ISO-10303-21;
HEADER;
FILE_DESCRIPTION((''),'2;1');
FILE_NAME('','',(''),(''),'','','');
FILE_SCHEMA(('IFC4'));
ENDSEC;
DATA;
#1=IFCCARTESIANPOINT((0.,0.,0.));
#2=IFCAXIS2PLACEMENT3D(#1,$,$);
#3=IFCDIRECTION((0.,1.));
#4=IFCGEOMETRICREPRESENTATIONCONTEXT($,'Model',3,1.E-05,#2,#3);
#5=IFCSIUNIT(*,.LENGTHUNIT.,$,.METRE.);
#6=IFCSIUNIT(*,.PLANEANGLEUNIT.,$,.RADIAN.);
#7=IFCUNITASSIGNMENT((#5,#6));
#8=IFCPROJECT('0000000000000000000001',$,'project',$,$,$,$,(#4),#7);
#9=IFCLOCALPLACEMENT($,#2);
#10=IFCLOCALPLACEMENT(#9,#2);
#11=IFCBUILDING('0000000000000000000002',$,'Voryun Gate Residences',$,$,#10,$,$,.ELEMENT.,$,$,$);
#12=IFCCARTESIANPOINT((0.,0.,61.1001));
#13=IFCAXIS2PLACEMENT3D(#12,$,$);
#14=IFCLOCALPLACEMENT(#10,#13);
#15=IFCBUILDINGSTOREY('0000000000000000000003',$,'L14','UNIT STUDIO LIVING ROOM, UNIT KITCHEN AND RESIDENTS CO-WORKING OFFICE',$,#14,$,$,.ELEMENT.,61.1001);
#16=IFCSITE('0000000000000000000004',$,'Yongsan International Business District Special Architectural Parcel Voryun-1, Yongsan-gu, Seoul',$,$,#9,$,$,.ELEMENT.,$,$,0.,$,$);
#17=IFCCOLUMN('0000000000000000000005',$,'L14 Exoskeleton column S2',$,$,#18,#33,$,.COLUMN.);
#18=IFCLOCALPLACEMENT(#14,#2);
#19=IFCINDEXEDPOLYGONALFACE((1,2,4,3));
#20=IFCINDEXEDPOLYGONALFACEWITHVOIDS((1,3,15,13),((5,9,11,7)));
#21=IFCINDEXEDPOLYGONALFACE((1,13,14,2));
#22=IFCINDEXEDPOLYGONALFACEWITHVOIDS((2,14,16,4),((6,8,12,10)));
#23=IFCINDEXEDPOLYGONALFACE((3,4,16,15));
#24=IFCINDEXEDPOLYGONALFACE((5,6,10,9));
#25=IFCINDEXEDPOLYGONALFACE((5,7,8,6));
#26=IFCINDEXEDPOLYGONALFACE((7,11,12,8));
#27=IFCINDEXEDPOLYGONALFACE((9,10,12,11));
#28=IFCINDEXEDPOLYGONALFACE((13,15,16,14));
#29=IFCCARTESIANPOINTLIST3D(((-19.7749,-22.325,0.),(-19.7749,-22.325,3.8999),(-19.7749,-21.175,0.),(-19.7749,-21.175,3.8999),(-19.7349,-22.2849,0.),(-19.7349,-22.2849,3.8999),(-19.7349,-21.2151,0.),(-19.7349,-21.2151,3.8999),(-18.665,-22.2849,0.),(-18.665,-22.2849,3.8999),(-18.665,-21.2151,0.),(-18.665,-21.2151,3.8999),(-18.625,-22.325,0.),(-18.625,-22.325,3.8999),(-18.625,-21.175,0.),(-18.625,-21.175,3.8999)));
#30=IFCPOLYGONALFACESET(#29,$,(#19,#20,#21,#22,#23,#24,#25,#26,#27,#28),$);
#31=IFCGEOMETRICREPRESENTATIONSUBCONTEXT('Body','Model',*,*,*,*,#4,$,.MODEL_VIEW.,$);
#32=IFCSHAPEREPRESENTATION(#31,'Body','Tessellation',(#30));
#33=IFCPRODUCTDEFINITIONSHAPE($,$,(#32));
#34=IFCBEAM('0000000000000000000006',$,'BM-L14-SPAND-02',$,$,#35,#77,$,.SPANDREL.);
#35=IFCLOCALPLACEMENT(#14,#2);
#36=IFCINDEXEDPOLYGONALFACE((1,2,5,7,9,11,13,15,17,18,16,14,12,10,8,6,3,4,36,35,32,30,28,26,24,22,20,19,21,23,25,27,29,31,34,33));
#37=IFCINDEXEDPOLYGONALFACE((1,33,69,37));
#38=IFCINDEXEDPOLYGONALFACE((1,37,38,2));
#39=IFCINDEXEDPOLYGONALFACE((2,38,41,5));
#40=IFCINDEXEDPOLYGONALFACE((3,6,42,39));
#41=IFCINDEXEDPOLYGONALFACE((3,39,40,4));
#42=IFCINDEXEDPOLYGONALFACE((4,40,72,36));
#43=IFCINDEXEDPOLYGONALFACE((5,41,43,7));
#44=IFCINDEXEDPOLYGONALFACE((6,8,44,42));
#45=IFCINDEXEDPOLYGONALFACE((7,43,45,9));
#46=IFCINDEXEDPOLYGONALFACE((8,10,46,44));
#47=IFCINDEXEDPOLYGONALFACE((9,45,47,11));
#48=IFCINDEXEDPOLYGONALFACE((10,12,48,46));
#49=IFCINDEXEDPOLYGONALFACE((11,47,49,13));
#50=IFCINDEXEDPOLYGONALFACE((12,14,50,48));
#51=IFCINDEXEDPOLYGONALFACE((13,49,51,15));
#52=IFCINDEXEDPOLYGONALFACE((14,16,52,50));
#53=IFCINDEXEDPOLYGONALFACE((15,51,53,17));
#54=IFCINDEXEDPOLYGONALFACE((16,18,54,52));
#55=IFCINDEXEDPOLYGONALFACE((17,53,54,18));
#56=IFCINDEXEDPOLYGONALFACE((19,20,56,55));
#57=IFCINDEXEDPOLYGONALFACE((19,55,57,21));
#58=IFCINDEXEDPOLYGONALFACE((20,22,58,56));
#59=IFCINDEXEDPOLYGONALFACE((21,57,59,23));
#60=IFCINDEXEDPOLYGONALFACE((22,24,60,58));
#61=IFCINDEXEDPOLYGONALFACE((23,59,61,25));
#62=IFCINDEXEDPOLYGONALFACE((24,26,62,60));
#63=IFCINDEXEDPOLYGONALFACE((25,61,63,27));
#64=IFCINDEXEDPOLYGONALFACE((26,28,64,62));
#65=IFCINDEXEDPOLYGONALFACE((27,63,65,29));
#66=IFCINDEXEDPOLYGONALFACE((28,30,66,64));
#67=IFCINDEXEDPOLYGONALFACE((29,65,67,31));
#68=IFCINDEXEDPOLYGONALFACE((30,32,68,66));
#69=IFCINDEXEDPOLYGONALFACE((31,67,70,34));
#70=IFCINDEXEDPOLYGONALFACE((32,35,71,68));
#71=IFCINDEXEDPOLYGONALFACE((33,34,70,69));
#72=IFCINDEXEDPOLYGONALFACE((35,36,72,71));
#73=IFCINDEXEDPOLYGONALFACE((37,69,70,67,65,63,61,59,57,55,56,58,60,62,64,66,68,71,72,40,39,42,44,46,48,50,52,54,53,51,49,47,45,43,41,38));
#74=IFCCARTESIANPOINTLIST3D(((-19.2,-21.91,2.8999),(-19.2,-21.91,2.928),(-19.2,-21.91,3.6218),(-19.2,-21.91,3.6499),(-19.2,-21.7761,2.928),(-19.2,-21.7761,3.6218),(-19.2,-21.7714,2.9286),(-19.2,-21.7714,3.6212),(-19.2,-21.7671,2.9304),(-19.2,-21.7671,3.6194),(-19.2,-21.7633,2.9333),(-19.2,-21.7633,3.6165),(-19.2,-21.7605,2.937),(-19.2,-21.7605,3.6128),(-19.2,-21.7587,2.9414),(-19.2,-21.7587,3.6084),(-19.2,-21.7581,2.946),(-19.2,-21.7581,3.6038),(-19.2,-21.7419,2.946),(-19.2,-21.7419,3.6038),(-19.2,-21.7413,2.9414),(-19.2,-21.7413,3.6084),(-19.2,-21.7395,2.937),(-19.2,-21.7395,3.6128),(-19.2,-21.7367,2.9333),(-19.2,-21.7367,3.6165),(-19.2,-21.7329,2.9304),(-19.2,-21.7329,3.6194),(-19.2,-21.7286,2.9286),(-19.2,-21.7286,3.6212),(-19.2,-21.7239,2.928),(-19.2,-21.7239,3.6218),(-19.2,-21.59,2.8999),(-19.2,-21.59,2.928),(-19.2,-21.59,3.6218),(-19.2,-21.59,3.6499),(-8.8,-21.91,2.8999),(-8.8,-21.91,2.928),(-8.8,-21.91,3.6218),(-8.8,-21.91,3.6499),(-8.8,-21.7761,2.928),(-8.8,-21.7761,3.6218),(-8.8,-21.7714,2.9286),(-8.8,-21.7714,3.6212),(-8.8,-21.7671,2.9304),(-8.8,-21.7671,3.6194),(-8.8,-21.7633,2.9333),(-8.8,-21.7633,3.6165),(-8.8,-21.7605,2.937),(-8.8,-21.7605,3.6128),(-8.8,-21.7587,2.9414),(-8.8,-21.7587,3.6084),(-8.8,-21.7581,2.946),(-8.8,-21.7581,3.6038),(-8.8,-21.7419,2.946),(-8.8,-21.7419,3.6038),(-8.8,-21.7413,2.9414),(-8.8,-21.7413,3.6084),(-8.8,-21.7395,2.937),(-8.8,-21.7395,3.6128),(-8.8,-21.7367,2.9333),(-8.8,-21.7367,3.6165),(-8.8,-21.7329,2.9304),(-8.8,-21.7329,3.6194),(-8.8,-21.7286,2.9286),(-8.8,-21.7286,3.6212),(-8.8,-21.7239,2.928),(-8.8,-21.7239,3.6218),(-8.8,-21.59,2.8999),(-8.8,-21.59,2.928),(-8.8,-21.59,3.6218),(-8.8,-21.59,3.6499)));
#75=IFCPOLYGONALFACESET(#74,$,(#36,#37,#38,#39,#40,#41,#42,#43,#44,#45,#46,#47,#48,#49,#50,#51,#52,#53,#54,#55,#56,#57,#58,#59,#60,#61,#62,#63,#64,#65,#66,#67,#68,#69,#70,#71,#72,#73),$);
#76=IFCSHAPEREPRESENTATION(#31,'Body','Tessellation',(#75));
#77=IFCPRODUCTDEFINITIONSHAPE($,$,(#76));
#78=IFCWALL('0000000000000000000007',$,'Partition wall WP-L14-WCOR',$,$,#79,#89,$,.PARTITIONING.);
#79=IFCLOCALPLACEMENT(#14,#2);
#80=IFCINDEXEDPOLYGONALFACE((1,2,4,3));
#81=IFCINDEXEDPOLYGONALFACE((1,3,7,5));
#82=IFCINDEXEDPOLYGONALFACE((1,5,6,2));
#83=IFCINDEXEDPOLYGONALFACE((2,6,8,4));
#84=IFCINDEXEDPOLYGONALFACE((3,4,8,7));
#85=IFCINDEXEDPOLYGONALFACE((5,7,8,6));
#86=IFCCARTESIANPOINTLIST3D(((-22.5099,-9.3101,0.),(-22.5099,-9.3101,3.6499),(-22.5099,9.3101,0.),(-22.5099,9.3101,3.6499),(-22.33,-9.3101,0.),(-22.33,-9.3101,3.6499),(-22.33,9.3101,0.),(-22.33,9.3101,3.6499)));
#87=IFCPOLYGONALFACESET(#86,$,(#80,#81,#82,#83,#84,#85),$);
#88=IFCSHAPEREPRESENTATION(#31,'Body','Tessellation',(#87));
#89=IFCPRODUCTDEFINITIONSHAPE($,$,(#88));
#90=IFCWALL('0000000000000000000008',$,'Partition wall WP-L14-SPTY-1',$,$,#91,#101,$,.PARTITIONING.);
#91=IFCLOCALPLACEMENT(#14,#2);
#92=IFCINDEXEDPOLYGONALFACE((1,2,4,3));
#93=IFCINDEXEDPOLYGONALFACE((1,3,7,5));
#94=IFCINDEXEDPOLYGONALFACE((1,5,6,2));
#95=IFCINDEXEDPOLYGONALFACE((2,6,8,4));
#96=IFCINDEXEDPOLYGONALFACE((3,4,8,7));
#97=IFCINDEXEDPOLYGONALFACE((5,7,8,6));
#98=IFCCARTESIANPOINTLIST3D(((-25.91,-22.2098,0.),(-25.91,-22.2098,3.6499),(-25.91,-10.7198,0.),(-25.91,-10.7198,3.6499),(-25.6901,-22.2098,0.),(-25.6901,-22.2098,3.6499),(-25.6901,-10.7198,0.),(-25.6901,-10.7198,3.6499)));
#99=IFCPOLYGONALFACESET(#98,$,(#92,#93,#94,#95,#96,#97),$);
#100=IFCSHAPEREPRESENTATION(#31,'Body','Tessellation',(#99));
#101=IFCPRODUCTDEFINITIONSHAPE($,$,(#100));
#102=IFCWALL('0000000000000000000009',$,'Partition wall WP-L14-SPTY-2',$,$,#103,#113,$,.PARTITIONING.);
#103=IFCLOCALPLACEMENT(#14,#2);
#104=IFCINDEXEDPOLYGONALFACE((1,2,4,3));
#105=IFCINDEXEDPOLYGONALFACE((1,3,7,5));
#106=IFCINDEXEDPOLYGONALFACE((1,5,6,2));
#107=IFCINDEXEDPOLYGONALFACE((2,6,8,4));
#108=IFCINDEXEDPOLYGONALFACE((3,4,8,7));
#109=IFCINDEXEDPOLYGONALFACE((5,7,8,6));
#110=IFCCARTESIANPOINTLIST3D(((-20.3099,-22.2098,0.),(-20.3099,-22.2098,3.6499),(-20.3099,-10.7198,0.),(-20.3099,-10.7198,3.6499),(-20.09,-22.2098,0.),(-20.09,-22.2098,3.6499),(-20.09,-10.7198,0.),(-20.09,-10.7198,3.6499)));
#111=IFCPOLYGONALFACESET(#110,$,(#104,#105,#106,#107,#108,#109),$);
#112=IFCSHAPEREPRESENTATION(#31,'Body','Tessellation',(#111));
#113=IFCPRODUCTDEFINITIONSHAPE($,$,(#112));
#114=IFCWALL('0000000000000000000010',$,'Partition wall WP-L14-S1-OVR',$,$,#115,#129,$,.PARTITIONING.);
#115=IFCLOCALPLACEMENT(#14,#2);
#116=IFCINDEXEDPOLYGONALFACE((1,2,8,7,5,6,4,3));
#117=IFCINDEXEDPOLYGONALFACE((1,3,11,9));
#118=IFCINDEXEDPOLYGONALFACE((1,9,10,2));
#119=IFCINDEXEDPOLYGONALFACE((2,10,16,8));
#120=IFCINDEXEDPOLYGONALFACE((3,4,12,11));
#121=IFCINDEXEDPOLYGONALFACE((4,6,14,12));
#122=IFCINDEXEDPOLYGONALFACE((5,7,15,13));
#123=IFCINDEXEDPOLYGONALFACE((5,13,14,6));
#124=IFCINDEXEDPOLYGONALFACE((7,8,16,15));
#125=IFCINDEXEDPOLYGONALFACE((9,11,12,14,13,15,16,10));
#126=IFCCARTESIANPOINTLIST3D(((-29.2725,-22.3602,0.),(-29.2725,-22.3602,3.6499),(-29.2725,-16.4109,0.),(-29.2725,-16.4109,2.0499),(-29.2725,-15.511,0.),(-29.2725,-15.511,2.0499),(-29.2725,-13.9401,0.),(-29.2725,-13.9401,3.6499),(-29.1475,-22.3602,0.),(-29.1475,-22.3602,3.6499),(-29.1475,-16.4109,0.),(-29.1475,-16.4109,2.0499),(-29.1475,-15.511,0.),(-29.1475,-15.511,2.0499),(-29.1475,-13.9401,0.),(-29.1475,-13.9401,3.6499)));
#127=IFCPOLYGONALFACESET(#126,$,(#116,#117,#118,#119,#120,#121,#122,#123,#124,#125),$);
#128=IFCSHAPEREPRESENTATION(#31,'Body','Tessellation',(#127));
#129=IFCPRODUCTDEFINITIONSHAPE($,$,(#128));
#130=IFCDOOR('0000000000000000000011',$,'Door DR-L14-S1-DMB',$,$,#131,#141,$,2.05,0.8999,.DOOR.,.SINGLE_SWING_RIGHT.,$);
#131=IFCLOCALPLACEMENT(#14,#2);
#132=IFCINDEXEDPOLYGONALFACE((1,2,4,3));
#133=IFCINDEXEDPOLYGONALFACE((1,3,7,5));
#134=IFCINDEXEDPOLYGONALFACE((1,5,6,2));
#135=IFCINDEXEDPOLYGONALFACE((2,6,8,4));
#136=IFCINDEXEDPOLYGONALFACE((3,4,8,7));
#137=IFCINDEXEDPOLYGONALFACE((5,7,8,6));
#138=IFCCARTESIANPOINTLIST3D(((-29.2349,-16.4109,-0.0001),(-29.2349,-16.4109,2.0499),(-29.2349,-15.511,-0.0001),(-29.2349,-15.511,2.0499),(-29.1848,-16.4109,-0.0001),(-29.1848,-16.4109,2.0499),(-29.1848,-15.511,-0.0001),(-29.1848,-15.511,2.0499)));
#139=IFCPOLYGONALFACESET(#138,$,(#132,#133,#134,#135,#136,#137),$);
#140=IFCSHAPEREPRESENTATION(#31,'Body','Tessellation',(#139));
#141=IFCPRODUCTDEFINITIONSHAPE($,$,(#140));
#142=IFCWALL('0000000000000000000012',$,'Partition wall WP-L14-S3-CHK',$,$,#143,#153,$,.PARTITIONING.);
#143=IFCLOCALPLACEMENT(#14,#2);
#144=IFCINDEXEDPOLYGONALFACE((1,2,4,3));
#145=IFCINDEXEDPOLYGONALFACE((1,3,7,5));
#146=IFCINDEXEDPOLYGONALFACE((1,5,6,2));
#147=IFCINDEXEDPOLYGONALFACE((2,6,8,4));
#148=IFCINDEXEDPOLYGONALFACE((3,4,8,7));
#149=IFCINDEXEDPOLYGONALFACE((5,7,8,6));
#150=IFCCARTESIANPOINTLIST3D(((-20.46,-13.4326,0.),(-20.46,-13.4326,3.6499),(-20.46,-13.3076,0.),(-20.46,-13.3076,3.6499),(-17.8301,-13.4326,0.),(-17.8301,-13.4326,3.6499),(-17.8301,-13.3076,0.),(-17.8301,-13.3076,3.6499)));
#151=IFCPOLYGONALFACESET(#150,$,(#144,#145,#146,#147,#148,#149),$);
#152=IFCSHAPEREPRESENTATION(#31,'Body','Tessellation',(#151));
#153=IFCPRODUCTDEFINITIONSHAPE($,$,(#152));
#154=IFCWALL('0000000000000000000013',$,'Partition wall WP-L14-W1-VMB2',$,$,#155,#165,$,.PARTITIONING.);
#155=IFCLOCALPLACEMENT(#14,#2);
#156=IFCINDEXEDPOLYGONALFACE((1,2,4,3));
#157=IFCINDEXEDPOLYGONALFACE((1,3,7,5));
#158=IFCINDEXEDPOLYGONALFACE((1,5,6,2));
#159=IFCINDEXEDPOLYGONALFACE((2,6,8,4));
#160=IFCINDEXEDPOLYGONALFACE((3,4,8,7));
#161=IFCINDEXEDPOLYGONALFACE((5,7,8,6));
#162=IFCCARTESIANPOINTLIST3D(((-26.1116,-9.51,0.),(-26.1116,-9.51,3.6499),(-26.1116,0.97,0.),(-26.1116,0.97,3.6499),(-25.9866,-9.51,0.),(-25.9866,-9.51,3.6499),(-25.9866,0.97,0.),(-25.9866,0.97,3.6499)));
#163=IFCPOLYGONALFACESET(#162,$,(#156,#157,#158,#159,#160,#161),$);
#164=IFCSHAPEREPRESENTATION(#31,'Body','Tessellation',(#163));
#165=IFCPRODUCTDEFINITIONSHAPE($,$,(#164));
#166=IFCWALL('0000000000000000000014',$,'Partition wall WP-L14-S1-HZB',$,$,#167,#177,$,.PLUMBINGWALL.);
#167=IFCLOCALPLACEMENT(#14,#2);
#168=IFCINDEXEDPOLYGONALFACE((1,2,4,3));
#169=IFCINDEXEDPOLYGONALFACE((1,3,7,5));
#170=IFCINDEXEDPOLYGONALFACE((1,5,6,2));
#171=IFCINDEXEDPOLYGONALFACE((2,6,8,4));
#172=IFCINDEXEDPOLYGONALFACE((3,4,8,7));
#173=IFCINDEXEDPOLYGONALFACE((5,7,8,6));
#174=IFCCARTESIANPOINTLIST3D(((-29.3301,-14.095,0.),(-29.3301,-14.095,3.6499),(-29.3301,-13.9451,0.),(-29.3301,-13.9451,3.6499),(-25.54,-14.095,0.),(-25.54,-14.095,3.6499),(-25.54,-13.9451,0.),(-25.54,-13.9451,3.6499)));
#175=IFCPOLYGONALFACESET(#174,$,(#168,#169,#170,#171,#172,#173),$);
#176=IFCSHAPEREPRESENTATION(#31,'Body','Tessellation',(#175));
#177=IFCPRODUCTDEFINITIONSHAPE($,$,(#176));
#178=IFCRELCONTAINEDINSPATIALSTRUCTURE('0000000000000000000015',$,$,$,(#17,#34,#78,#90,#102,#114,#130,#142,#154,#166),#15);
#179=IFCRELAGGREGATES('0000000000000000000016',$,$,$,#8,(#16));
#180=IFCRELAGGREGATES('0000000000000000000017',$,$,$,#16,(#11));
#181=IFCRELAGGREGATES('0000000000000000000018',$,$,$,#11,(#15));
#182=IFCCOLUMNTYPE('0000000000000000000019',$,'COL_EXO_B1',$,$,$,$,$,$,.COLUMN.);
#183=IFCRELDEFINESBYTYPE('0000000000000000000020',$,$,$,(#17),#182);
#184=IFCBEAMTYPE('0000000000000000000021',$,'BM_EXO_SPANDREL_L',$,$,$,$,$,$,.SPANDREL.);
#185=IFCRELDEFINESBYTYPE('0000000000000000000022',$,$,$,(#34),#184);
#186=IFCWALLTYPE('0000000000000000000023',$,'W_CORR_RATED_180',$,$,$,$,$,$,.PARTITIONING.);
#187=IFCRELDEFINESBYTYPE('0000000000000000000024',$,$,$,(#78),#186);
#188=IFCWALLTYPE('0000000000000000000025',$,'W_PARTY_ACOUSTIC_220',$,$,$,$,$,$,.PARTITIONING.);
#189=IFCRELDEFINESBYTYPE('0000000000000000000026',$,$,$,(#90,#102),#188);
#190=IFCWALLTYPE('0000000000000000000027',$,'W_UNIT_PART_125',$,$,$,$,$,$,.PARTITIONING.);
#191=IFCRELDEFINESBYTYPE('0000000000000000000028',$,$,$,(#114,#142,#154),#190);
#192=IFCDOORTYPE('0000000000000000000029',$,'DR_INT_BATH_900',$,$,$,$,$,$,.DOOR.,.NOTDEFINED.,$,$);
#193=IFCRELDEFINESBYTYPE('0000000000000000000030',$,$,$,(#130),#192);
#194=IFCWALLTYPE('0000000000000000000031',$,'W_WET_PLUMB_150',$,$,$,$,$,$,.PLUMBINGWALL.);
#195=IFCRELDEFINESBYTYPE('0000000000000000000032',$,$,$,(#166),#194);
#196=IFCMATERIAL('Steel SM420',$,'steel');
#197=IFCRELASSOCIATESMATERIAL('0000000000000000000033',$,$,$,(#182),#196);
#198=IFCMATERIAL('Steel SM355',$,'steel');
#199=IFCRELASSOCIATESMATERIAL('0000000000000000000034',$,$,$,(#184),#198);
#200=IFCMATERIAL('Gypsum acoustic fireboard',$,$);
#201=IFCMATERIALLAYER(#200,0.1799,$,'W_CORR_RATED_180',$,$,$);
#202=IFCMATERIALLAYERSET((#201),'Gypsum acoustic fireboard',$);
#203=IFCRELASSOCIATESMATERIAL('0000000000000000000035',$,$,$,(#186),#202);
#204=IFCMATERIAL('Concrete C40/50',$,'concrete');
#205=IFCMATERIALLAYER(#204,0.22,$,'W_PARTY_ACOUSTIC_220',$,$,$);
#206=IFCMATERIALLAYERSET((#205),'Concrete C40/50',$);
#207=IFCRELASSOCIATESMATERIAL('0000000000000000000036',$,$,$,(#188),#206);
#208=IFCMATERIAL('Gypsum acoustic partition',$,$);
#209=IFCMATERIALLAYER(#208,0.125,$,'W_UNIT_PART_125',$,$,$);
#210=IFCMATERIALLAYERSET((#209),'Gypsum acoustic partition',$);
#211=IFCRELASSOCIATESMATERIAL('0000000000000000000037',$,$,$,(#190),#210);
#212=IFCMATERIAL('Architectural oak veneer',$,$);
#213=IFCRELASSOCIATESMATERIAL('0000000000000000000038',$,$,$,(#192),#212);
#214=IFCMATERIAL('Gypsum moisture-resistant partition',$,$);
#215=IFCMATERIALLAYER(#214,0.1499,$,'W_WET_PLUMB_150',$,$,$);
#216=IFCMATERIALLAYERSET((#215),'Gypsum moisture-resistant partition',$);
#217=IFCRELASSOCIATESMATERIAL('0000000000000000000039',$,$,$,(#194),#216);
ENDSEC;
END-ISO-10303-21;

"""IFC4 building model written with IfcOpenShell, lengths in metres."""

from ifc_helpers import new_model, si_unit, direction, frame, frame_2d, origin, origin_2d, place, context, subcontext, project, spatial, rectangle, hollow_rectangle, i_section, extrude, material, layer, layer_set, material_profile, profile_set, type_object, element, fill, save


model = new_model("IFC4")

# Units and contexts
model_context = context("Model", 3, precision=1e-05, world=origin(), true_north=direction((0.0, 1.0)))
body_context = subcontext(model_context, "Body", "Model", "MODEL_VIEW")
ifc_project = project(units=[si_unit("LENGTHUNIT", "METRE"), si_unit("PLANEANGLEUNIT", "RADIAN")], contexts=[model_context])

# Site, building, storey
site_placement = place(None, origin())
site = spatial("IfcSite", under=ifc_project, at=site_placement, Name="Yongsan International Business District Special Architectural Parcel Voryun-1, Yongsan-gu, Seoul", CompositionType="ELEMENT", RefElevation=0.0)
building_placement = place(site_placement, origin())
building = spatial("IfcBuilding", under=site, at=building_placement, Name="Voryun Gate Residences", CompositionType="ELEMENT")
storey_placement = place(building_placement, frame((0.0, 0.0, 61.1001)))
storey = spatial("IfcBuildingStorey", under=building, at=storey_placement, Name="L14", Description="UNIT STUDIO LIVING ROOM, UNIT KITCHEN AND RESIDENTS CO-WORKING OFFICE", CompositionType="ELEMENT", Elevation=61.1001)

# Column
ifc_material_1 = material(Name="Steel SM420", Category="steel")
ifc_material_profile_1 = material_profile(ifc_material_1, hollow_rectangle(XDim=1.1499, YDim=1.1499, WallThickness=0.04, at=origin_2d()), Name="BOX-1150x1150x40")
ifc_profile_set_1 = profile_set([ifc_material_profile_1], Name="Steel SM420")
column_type = type_object("IfcColumnType", Name="COL_EXO_B1", PredefinedType="COLUMN", material=ifc_profile_set_1)
column_placement = place(storey_placement, frame((-19.2, -21.75, 0.0), z_axis=(0.0, 0.0, 1.0), x_axis=(1.0, 0.0, 0.0)))
element("IfcColumn", 1, at=column_placement, inside=storey, type_object=column_type, Name="L14 Exoskeleton column S2", PredefinedType="COLUMN", context=body_context, shape_type="SweptSolid", body=[
    extrude(hollow_rectangle(XDim=1.1499, YDim=1.1499, WallThickness=0.04, at=origin_2d()), origin(), (0.0, 0.0, 1.0), 3.8999),
])

# Beam
ifc_material_2 = material(Name="Steel SM355", Category="steel")
ifc_material_profile_2 = material_profile(ifc_material_2, i_section(OverallWidth=0.3201, OverallDepth=0.75, WebThickness=0.0161, FlangeThickness=0.0281, FilletRadius=0.0181, at=origin_2d()), Name="H-750x320x16x28")
ifc_profile_set_2 = profile_set([ifc_material_profile_2], Name="Steel SM355")
beam_type = type_object("IfcBeamType", Name="BM_EXO_SPANDREL_L", PredefinedType="SPANDREL", material=ifc_profile_set_2)
beam_placement = place(storey_placement, frame((-19.2, -21.75, 3.2749), z_axis=(1.0, 0.0, 0.0), x_axis=(0.0, 1.0, 0.0)))
element("IfcBeam", 2, at=beam_placement, inside=storey, type_object=beam_type, Name="BM-L14-SPAND-02", PredefinedType="SPANDREL", context=body_context, shape_type="SweptSolid", body=[
    extrude(i_section(OverallWidth=0.3201, OverallDepth=0.75, WebThickness=0.0161, FlangeThickness=0.0281, FilletRadius=0.0181, at=origin_2d()), origin(), (0.0, 0.0, 1.0), 10.3999),
])

# Walls
ifc_material_3 = material(Name="Gypsum acoustic fireboard")
ifc_layer_1 = layer(ifc_material_3, 0.1799, Name="W_CORR_RATED_180")
ifc_layer_set_1 = layer_set([ifc_layer_1], Name="Gypsum acoustic fireboard")
wall_type_1 = type_object("IfcWallType", Name="W_CORR_RATED_180", PredefinedType="PARTITIONING", material=ifc_layer_set_1)
wall_1_placement = place(storey_placement, frame((-22.4199, -9.3101, 0.0), z_axis=(0.0, 0.0, 1.0), x_axis=(0.0, 1.0, 0.0)))
element("IfcWall", 3, at=wall_1_placement, inside=storey, type_object=wall_type_1, Name="Partition wall WP-L14-WCOR", PredefinedType="PARTITIONING", context=body_context, shape_type="SweptSolid", body=[
    extrude(rectangle(XDim=18.6201, YDim=0.1799, at=frame_2d((9.3101, 0.0))), origin(), (0.0, 0.0, 1.0), 3.6499),
])
ifc_material_4 = material(Name="Concrete C40/50", Category="concrete")
ifc_layer_2 = layer(ifc_material_4, 0.22, Name="W_PARTY_ACOUSTIC_220")
ifc_layer_set_2 = layer_set([ifc_layer_2], Name="Concrete C40/50")
wall_type_2 = type_object("IfcWallType", Name="W_PARTY_ACOUSTIC_220", PredefinedType="PARTITIONING", material=ifc_layer_set_2)
for number, where, z_axis, x_axis, name in (
    (4, (-25.8, -22.21, 0.0), (0.0, 0.0, 1.0), (0.0, 1.0, 0.0), "Partition wall WP-L14-SPTY-1"),
    (5, (-20.2, -22.21, 0.0), (0.0, 0.0, 1.0), (0.0, 1.0, 0.0), "Partition wall WP-L14-SPTY-2"),
):
    element("IfcWall", number, at=place(storey_placement, frame(where, z_axis=z_axis, x_axis=x_axis)), inside=storey, type_object=wall_type_2, Name=name, PredefinedType="PARTITIONING", context=body_context, shape_type="SweptSolid", body=[
        extrude(rectangle(XDim=11.49, YDim=0.22, at=frame_2d((5.7451, 0.0))), origin(), (0.0, 0.0, 1.0), 3.6499),
    ])

# Wall, opening, door
ifc_material_5 = material(Name="Gypsum acoustic partition")
ifc_layer_3 = layer(ifc_material_5, 0.125, Name="W_UNIT_PART_125")
ifc_layer_set_3 = layer_set([ifc_layer_3], Name="Gypsum acoustic partition")
wall_type_3 = type_object("IfcWallType", Name="W_UNIT_PART_125", PredefinedType="PARTITIONING", material=ifc_layer_set_3)
wall_2_placement = place(storey_placement, frame((-29.21, -22.3601, 0.0), z_axis=(0.0, 0.0, 1.0), x_axis=(0.0, 1.0, 0.0)))
wall_2 = element("IfcWall", 6, at=wall_2_placement, inside=storey, type_object=wall_type_3, Name="Partition wall WP-L14-S1-OVR", PredefinedType="PARTITIONING", context=body_context, shape_type="SweptSolid", body=[
    extrude(rectangle(XDim=8.4202, YDim=0.125, at=frame_2d((4.21, 0.0))), origin(), (0.0, 0.0, 1.0), 3.6499),
])
opening_1_placement = place(wall_2_placement, frame((5.9492, 0.0, 0.0)))
opening_1 = element("IfcOpeningElement", 7, at=opening_1_placement, cuts=wall_2, PredefinedType="OPENING", context=body_context, shape_type="SweptSolid", body=[
    extrude(rectangle(XDim=0.8999, YDim=2.05, at=frame_2d((0.45, 1.0249))), frame((0.0, 0.0725, 0.0), z_axis=(0.0, -1.0, 0.0), x_axis=(1.0, 0.0, 0.0)), (0.0, 0.0, 1.0), 0.145),
])
ifc_material_6 = material(Name="Architectural oak veneer")
door_type = type_object("IfcDoorType", Name="DR_INT_BATH_900", OperationType="NOTDEFINED", PredefinedType="DOOR", material=ifc_material_6)
door_1_placement = place(opening_1_placement, origin())
door_1 = element("IfcDoor", 8, at=door_1_placement, inside=storey, type_object=door_type, Name="Door DR-L14-S1-DMB", OperationType="SINGLE_SWING_RIGHT", OverallHeight=2.05, OverallWidth=0.8999, PredefinedType="DOOR", context=body_context, shape_type="SweptSolid", body=[
    extrude(rectangle(XDim=0.8999, YDim=2.05, at=frame_2d((0.45, 1.0249))), frame((0.0, 0.0249, 0.0), z_axis=(0.0, -1.0, 0.0), x_axis=(1.0, 0.0, 0.0)), (0.0, 0.0, 1.0), 0.05),
])
fill(opening_1, door_1)

# Walls
wall_3_placement = place(storey_placement, frame((-20.46, -13.3701, 0.0), z_axis=(0.0, 0.0, 1.0), x_axis=(1.0, 0.0, 0.0)))
element("IfcWall", 9, at=wall_3_placement, inside=storey, type_object=wall_type_3, Name="Partition wall WP-L14-S3-CHK", PredefinedType="PARTITIONING", context=body_context, shape_type="SweptSolid", body=[
    extrude(rectangle(XDim=2.6299, YDim=0.125, at=frame_2d((1.3149, 0.0))), origin(), (0.0, 0.0, 1.0), 3.6499),
])
wall_4_placement = place(storey_placement, frame((-26.0491, -9.51, 0.0), z_axis=(0.0, 0.0, 1.0), x_axis=(0.0, 1.0, 0.0)))
element("IfcWall", 10, at=wall_4_placement, inside=storey, type_object=wall_type_3, Name="Partition wall WP-L14-W1-VMB2", PredefinedType="PARTITIONING", context=body_context, shape_type="SweptSolid", body=[
    extrude(rectangle(XDim=10.48, YDim=0.125, at=frame_2d((5.24, 0.0))), origin(), (0.0, 0.0, 1.0), 3.6499),
])
ifc_material_7 = material(Name="Gypsum moisture-resistant partition")
ifc_layer_4 = layer(ifc_material_7, 0.1499, Name="W_WET_PLUMB_150")
ifc_layer_set_4 = layer_set([ifc_layer_4], Name="Gypsum moisture-resistant partition")
wall_type_4 = type_object("IfcWallType", Name="W_WET_PLUMB_150", PredefinedType="PLUMBINGWALL", material=ifc_layer_set_4)
wall_5_placement = place(storey_placement, frame((-29.3301, -14.02, 0.0), z_axis=(0.0, 0.0, 1.0), x_axis=(1.0, 0.0, 0.0)))
element("IfcWall", 11, at=wall_5_placement, inside=storey, type_object=wall_type_4, Name="Partition wall WP-L14-S1-HZB", PredefinedType="PLUMBINGWALL", context=body_context, shape_type="SweptSolid", body=[
    extrude(rectangle(XDim=3.79, YDim=0.1499, at=frame_2d((1.895, 0.0))), origin(), (0.0, 0.0, 1.0), 3.6499),
])

save(model, "model.ifc")
